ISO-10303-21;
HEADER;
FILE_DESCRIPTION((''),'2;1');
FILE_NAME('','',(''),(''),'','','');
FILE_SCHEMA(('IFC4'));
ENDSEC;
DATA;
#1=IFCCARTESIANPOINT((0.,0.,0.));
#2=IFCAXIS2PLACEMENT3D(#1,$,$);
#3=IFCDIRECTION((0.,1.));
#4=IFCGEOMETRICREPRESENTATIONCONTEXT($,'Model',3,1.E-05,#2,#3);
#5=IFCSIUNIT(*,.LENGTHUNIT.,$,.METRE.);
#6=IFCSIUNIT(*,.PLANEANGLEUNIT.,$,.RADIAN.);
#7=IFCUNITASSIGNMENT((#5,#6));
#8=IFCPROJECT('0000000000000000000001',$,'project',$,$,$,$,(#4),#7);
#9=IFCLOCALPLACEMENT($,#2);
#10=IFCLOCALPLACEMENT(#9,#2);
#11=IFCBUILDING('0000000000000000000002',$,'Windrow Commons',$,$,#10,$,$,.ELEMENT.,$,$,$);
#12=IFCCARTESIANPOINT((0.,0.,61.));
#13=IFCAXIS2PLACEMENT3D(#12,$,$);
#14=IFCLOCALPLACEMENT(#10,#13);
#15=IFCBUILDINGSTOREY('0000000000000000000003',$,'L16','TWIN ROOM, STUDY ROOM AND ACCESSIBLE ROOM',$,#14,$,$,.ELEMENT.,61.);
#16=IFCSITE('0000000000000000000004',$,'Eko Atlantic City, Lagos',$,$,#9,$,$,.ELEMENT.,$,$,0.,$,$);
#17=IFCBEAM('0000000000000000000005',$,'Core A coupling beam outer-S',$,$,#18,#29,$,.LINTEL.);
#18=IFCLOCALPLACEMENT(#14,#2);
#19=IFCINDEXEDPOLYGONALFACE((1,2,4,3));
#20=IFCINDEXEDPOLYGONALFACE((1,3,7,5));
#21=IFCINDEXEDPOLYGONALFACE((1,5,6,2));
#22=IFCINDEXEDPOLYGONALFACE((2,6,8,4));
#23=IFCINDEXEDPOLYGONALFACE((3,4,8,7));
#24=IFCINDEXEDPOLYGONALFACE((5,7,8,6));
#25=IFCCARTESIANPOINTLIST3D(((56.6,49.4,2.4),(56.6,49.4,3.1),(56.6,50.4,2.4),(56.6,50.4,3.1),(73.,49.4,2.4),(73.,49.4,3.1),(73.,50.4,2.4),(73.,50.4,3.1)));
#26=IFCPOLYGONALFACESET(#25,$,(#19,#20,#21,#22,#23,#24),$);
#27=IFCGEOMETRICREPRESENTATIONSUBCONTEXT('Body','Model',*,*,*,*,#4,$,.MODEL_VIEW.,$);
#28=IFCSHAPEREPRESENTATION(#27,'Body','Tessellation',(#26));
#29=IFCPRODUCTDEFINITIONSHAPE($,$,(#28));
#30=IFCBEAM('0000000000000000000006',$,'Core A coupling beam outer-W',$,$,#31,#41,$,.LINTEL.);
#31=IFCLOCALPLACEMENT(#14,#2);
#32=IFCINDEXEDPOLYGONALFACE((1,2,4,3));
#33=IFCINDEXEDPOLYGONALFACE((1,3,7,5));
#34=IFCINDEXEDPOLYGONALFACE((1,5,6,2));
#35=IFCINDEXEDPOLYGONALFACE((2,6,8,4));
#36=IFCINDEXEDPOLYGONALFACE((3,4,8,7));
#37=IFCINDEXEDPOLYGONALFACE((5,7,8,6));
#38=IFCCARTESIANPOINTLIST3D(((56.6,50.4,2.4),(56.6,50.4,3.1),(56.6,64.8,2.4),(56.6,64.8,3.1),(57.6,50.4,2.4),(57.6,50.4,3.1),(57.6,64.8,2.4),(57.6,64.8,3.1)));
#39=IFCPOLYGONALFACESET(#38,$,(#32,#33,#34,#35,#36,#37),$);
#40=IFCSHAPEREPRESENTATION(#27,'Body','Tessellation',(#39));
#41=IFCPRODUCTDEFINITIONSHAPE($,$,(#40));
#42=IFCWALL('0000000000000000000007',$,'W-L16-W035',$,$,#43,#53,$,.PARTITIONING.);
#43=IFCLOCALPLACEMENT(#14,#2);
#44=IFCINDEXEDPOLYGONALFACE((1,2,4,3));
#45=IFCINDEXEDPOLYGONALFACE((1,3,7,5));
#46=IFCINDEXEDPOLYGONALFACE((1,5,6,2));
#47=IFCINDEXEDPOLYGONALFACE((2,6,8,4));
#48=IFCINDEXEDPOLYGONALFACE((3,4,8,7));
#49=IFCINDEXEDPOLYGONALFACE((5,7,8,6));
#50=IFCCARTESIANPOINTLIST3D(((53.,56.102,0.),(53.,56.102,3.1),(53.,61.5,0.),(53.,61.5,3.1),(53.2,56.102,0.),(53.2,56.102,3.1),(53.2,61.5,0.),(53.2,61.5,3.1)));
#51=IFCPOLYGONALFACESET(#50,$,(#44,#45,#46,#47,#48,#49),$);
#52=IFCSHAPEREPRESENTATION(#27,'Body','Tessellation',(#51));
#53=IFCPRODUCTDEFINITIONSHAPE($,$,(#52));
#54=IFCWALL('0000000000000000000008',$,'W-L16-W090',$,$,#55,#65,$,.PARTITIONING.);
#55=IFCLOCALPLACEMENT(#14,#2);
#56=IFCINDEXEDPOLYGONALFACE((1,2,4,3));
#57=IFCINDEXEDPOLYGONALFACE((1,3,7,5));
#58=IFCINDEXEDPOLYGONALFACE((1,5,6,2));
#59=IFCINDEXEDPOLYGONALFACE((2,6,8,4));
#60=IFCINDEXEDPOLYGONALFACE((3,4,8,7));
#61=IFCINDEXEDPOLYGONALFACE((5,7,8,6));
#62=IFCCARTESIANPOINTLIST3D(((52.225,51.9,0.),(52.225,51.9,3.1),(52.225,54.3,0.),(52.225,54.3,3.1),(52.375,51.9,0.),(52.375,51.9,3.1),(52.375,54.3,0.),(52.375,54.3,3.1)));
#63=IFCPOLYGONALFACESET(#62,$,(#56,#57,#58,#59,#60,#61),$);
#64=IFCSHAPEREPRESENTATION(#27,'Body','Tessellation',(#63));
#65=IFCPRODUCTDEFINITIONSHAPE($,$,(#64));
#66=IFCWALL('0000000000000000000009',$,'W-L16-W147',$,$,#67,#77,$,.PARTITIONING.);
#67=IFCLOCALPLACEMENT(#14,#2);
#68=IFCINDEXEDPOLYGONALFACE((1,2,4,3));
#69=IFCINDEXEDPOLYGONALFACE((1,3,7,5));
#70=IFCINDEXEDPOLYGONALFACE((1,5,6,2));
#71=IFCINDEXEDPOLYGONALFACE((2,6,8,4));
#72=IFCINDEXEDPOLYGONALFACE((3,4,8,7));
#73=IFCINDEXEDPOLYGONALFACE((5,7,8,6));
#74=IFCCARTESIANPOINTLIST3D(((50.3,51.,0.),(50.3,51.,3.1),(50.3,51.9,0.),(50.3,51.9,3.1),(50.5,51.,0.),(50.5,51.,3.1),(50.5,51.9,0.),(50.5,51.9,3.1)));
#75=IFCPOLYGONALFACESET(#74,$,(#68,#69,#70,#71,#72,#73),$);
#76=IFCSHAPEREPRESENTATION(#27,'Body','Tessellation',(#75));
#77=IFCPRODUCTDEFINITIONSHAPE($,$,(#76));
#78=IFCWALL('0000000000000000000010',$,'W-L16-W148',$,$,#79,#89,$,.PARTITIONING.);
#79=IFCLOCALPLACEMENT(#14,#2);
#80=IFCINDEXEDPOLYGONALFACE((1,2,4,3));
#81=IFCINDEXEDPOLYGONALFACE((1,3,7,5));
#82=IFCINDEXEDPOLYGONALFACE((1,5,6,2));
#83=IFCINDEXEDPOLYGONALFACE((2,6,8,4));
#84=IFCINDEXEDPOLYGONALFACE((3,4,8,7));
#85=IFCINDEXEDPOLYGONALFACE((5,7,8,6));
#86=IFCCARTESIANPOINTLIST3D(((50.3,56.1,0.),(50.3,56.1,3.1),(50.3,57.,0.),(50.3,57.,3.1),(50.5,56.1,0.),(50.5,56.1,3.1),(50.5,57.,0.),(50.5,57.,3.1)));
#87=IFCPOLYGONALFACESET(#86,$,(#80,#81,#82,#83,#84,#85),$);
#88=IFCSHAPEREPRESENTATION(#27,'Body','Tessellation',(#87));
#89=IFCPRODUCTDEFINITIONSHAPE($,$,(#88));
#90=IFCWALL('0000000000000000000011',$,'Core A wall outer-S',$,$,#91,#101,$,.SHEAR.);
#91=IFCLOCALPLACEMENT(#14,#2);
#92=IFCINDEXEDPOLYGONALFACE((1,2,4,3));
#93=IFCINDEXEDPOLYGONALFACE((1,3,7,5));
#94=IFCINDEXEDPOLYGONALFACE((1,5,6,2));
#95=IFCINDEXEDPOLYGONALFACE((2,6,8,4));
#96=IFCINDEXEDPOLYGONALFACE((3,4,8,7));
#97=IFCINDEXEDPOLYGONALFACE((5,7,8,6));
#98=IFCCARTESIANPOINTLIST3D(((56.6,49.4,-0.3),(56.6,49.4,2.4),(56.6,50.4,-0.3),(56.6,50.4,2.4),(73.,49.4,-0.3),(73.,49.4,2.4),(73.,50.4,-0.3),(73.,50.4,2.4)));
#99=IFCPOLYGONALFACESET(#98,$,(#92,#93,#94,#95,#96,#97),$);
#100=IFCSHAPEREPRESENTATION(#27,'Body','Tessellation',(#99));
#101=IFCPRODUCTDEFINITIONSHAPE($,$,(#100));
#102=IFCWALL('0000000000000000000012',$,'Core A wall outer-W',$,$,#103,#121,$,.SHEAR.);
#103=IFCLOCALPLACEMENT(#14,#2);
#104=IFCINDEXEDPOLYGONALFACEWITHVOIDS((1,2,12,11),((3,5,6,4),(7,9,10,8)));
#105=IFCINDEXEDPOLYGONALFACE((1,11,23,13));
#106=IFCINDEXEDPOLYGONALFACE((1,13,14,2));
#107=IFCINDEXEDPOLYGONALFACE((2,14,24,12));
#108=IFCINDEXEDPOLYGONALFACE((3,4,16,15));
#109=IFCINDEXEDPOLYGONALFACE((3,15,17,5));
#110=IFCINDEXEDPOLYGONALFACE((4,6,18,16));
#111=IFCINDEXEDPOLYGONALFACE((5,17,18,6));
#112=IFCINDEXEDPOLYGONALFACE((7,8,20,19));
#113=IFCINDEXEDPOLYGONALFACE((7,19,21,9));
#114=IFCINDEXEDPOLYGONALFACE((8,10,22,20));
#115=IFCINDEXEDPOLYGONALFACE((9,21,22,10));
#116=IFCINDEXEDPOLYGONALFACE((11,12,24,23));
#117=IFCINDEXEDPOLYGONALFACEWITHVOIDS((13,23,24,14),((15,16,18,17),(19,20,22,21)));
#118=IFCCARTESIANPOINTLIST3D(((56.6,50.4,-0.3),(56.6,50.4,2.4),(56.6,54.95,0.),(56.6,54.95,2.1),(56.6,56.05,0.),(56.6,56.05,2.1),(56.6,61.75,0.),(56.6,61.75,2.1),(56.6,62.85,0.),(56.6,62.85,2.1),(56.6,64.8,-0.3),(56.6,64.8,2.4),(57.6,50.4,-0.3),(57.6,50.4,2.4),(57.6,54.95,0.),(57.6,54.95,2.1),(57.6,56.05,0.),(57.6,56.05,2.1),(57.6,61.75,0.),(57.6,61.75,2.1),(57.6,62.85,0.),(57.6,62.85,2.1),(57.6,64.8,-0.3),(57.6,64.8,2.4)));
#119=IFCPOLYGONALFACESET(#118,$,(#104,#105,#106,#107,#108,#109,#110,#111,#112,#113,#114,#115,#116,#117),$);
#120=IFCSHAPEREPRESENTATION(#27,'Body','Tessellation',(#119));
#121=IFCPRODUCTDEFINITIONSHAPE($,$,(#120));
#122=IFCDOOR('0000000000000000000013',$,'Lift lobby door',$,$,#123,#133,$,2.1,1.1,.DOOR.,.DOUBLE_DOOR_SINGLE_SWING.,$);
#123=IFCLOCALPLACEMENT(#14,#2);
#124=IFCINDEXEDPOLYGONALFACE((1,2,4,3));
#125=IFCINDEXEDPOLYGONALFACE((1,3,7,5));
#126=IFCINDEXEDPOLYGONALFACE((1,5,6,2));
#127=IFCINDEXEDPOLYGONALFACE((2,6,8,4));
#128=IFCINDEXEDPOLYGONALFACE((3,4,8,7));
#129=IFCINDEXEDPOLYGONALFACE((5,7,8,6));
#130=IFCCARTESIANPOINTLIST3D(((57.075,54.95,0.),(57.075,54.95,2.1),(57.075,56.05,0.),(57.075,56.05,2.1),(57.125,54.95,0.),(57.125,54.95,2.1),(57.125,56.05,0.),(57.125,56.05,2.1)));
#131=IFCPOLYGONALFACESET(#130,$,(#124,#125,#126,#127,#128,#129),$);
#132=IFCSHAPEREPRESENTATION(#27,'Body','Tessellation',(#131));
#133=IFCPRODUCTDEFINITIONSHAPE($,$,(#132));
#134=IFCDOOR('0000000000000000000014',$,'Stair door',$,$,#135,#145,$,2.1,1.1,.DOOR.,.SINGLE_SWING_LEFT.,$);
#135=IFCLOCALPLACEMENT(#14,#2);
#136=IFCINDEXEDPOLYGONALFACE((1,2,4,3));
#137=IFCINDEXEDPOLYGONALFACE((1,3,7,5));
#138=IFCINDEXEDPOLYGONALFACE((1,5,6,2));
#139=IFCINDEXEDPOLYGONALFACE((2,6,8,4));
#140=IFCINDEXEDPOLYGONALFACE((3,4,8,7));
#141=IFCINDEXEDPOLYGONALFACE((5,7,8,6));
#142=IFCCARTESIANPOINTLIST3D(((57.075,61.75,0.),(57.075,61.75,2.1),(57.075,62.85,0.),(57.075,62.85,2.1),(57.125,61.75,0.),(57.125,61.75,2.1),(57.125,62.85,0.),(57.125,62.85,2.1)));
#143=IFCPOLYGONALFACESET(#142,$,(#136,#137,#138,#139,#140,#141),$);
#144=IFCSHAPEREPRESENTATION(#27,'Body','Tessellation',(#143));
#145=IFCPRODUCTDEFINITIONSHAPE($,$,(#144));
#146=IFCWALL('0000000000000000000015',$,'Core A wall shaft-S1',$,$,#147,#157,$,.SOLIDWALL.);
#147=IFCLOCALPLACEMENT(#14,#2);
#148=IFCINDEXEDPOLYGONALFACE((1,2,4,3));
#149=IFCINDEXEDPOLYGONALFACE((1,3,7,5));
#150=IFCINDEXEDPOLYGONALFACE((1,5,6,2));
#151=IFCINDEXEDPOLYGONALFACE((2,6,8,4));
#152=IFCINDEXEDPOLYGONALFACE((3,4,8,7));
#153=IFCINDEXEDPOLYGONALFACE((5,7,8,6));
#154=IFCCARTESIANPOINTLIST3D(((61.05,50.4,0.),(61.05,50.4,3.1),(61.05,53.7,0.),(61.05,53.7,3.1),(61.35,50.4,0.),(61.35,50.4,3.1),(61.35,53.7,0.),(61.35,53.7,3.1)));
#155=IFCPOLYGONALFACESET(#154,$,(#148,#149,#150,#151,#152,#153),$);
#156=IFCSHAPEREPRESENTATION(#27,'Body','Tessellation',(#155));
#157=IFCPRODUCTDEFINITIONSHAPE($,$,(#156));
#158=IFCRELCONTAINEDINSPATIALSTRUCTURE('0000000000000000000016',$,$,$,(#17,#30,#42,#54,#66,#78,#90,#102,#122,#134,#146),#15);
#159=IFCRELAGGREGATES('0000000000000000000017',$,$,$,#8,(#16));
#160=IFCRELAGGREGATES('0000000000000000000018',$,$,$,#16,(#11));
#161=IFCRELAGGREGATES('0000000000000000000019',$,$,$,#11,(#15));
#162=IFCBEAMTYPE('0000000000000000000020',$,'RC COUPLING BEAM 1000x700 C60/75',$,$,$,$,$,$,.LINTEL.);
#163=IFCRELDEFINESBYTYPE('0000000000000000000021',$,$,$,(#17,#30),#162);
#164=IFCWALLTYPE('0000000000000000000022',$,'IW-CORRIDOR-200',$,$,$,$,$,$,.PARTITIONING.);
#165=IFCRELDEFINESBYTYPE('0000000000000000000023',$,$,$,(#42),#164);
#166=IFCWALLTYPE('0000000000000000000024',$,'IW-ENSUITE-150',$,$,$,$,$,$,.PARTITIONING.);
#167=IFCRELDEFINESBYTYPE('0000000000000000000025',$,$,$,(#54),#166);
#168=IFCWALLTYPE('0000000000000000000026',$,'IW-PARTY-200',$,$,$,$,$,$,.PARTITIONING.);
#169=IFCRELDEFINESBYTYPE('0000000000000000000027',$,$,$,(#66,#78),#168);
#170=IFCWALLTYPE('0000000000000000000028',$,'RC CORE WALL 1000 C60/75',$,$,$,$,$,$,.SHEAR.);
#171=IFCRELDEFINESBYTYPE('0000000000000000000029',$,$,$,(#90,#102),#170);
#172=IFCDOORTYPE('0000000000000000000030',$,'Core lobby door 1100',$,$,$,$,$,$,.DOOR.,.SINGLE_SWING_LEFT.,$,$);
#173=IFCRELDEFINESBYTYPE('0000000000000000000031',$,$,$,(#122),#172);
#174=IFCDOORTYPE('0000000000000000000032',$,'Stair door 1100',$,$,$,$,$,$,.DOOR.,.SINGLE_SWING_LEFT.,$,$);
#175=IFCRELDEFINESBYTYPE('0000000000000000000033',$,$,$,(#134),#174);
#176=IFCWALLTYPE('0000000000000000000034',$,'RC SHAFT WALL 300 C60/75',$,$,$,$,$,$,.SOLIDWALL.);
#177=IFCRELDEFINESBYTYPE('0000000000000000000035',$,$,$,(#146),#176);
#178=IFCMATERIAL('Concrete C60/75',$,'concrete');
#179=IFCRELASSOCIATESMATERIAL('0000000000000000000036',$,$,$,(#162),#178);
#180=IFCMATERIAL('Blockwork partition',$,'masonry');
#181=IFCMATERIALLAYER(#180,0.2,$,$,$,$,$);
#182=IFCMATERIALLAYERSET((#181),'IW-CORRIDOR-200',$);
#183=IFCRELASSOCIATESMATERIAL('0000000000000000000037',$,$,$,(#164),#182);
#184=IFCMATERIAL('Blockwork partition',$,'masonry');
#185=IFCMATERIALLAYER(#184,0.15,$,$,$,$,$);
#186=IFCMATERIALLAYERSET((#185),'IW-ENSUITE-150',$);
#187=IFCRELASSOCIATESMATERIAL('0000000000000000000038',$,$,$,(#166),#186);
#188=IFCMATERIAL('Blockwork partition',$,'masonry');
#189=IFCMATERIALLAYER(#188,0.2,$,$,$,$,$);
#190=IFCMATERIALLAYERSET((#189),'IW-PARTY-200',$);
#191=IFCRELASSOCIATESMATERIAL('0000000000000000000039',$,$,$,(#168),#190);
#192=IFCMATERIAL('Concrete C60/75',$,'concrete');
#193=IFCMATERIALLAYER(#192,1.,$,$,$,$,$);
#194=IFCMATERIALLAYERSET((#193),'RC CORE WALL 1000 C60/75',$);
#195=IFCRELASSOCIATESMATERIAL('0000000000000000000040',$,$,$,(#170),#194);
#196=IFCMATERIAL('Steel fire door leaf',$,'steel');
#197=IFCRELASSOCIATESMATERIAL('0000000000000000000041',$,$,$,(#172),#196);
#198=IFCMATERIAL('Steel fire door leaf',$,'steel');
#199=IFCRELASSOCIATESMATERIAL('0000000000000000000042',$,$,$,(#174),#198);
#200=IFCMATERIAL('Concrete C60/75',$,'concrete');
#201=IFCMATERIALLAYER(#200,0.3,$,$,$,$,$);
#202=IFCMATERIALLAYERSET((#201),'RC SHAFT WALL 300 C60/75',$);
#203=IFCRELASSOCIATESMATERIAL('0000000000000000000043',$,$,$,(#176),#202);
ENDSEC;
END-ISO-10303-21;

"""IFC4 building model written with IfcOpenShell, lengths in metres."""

from ifc_helpers import new_model, si_unit, direction, frame, frame_2d, origin, origin_2d, place, context, subcontext, project, spatial, rectangle, extrude, material, layer, layer_set, material_profile, profile_set, type_object, element, fill, save


model = new_model("IFC4")

# Units and contexts
model_context = context("Model", 3, precision=1e-05, world=origin(), true_north=direction((0.0, 1.0)))
body_context = subcontext(model_context, "Body", "Model", "MODEL_VIEW")
ifc_project = project(units=[si_unit("LENGTHUNIT", "METRE"), si_unit("PLANEANGLEUNIT", "RADIAN")], contexts=[model_context])

# Site, building, storey
site_placement = place(None, origin())
site = spatial("IfcSite", under=ifc_project, at=site_placement, Name="Eko Atlantic City, Lagos", CompositionType="ELEMENT", RefElevation=0.0)
building_placement = place(site_placement, origin())
building = spatial("IfcBuilding", under=site, at=building_placement, Name="Windrow Commons", CompositionType="ELEMENT")
storey_placement = place(building_placement, frame((0.0, 0.0, 61.0)))
storey = spatial("IfcBuildingStorey", under=building, at=storey_placement, Name="L16", Description="TWIN ROOM, STUDY ROOM AND ACCESSIBLE ROOM", CompositionType="ELEMENT", Elevation=61.0)

# Beams
ifc_material_1 = material(Name="Concrete C60/75", Category="concrete")
ifc_material_profile = material_profile(ifc_material_1, rectangle(XDim=1.0, YDim=0.7, at=origin_2d()))
ifc_profile_set = profile_set([ifc_material_profile], Name="Concrete C60/75")
beam_type = type_object("IfcBeamType", Name="RC COUPLING BEAM 1000x700 C60/75", PredefinedType="LINTEL", material=ifc_profile_set)
beam_1_placement = place(storey_placement, frame((56.6, 49.9, 2.75), z_axis=(1.0, 0.0, 0.0), x_axis=(0.0, 1.0, 0.0)))
element("IfcBeam", 1, at=beam_1_placement, inside=storey, type_object=beam_type, Name="Core A coupling beam outer-S", PredefinedType="LINTEL", context=body_context, shape_type="SweptSolid", body=[
    extrude(rectangle(XDim=1.0, YDim=0.7, at=origin_2d()), origin(), (0.0, 0.0, 1.0), 16.4),
])
beam_2_placement = place(storey_placement, frame((57.1, 50.4, 2.75), z_axis=(0.0, 1.0, 0.0), x_axis=(-1.0, 0.0, 0.0)))
element("IfcBeam", 2, at=beam_2_placement, inside=storey, type_object=beam_type, Name="Core A coupling beam outer-W", PredefinedType="LINTEL", context=body_context, shape_type="SweptSolid", body=[
    extrude(rectangle(XDim=1.0, YDim=0.7, at=origin_2d()), origin(), (0.0, 0.0, 1.0), 14.4),
])

# Walls
ifc_material_2 = material(Name="Blockwork partition", Category="masonry")
ifc_layer_1 = layer(ifc_material_2, 0.2)
ifc_layer_set_1 = layer_set([ifc_layer_1], Name="IW-CORRIDOR-200")
wall_type_1 = type_object("IfcWallType", Name="IW-CORRIDOR-200", PredefinedType="PARTITIONING", material=ifc_layer_set_1)
wall_1_placement = place(storey_placement, frame((53.1, 56.102, 0.0), z_axis=(0.0, 0.0, 1.0), x_axis=(0.0, 1.0, 0.0)))
element("IfcWall", 3, at=wall_1_placement, inside=storey, type_object=wall_type_1, Name="W-L16-W035", PredefinedType="PARTITIONING", context=body_context, shape_type="SweptSolid", body=[
    extrude(rectangle(XDim=5.398, YDim=0.2, at=frame_2d((2.699, 0.0))), origin(), (0.0, 0.0, 1.0), 3.1),
])
ifc_material_3 = material(Name="Blockwork partition", Category="masonry")
ifc_layer_2 = layer(ifc_material_3, 0.15)
ifc_layer_set_2 = layer_set([ifc_layer_2], Name="IW-ENSUITE-150")
wall_type_2 = type_object("IfcWallType", Name="IW-ENSUITE-150", PredefinedType="PARTITIONING", material=ifc_layer_set_2)
wall_2_placement = place(storey_placement, frame((52.3, 51.9, 0.0), z_axis=(0.0, 0.0, 1.0), x_axis=(0.0, 1.0, 0.0)))
element("IfcWall", 4, at=wall_2_placement, inside=storey, type_object=wall_type_2, Name="W-L16-W090", PredefinedType="PARTITIONING", context=body_context, shape_type="SweptSolid", body=[
    extrude(rectangle(XDim=2.4, YDim=0.15, at=frame_2d((1.2, 0.0))), origin(), (0.0, 0.0, 1.0), 3.1),
])
ifc_material_4 = material(Name="Blockwork partition", Category="masonry")
ifc_layer_3 = layer(ifc_material_4, 0.2)
ifc_layer_set_3 = layer_set([ifc_layer_3], Name="IW-PARTY-200")
wall_type_3 = type_object("IfcWallType", Name="IW-PARTY-200", PredefinedType="PARTITIONING", material=ifc_layer_set_3)
for number, where, z_axis, x_axis, name in (
    (5, (50.4, 51.0, 0.0), (0.0, 0.0, 1.0), (0.0, 1.0, 0.0), "W-L16-W147"),
    (6, (50.4, 56.1, 0.0), (0.0, 0.0, 1.0), (0.0, 1.0, 0.0), "W-L16-W148"),
):
    element("IfcWall", number, at=place(storey_placement, frame(where, z_axis=z_axis, x_axis=x_axis)), inside=storey, type_object=wall_type_3, Name=name, PredefinedType="PARTITIONING", context=body_context, shape_type="SweptSolid", body=[
        extrude(rectangle(XDim=0.9, YDim=0.2, at=frame_2d((0.45, 0.0))), origin(), (0.0, 0.0, 1.0), 3.1),
    ])
ifc_material_5 = material(Name="Concrete C60/75", Category="concrete")
ifc_layer_4 = layer(ifc_material_5, 1.0)
ifc_layer_set_4 = layer_set([ifc_layer_4], Name="RC CORE WALL 1000 C60/75")
wall_type_4 = type_object("IfcWallType", Name="RC CORE WALL 1000 C60/75", PredefinedType="SHEAR", material=ifc_layer_set_4)
wall_3_placement = place(storey_placement, frame((56.6, 49.9, -0.3), z_axis=(0.0, 0.0, 1.0), x_axis=(1.0, 0.0, 0.0)))
element("IfcWall", 7, at=wall_3_placement, inside=storey, type_object=wall_type_4, Name="Core A wall outer-S", PredefinedType="SHEAR", context=body_context, shape_type="SweptSolid", body=[
    extrude(rectangle(XDim=16.4, YDim=1.0, at=frame_2d((8.2, 0.0))), origin(), (0.0, 0.0, 1.0), 2.7),
])

# Wall, openings, doors
wall_4_placement = place(storey_placement, frame((57.1, 50.4, -0.3), z_axis=(0.0, 0.0, 1.0), x_axis=(0.0, 1.0, 0.0)))
wall_4 = element("IfcWall", 8, at=wall_4_placement, inside=storey, type_object=wall_type_4, Name="Core A wall outer-W", PredefinedType="SHEAR", context=body_context, shape_type="SweptSolid", body=[
    extrude(rectangle(XDim=14.4, YDim=1.0, at=frame_2d((7.2, 0.0))), origin(), (0.0, 0.0, 1.0), 2.7),
])
opening_1_placement = place(wall_4_placement, frame((4.55, 0.0, 0.3)))
opening_1 = element("IfcOpeningElement", 9, at=opening_1_placement, cuts=wall_4, PredefinedType="OPENING", context=body_context, shape_type="SweptSolid", body=[
    extrude(rectangle(XDim=1.1, YDim=2.1, at=frame_2d((0.55, 1.05))), frame((0.0, 0.51, 0.0), z_axis=(0.0, -1.0, 0.0), x_axis=(1.0, 0.0, 0.0)), (0.0, 0.0, 1.0), 1.02),
])
opening_2_placement = place(wall_4_placement, frame((11.35, 0.0, 0.3)))
opening_2 = element("IfcOpeningElement", 10, at=opening_2_placement, cuts=wall_4, PredefinedType="OPENING", context=body_context, shape_type="SweptSolid", body=[
    extrude(rectangle(XDim=1.1, YDim=2.1, at=frame_2d((0.55, 1.05))), frame((0.0, 0.51, 0.0), z_axis=(0.0, -1.0, 0.0), x_axis=(1.0, 0.0, 0.0)), (0.0, 0.0, 1.0), 1.02),
])
ifc_material_6 = material(Name="Steel fire door leaf", Category="steel")
door_type_1 = type_object("IfcDoorType", Name="Core lobby door 1100", OperationType="SINGLE_SWING_LEFT", PredefinedType="DOOR", material=ifc_material_6)
door_1_placement = place(opening_1_placement, origin())
door_1 = element("IfcDoor", 11, at=door_1_placement, inside=storey, type_object=door_type_1, Name="Lift lobby door", OperationType="DOUBLE_DOOR_SINGLE_SWING", OverallHeight=2.1, OverallWidth=1.1, PredefinedType="DOOR", context=body_context, shape_type="SweptSolid", body=[
    extrude(rectangle(XDim=1.1, YDim=2.1, at=frame_2d((0.55, 1.05))), frame((0.0, 0.025, 0.0), z_axis=(0.0, -1.0, 0.0), x_axis=(1.0, 0.0, 0.0)), (0.0, 0.0, 1.0), 0.05),
])
fill(opening_1, door_1)
ifc_material_7 = material(Name="Steel fire door leaf", Category="steel")
door_type_2 = type_object("IfcDoorType", Name="Stair door 1100", OperationType="SINGLE_SWING_LEFT", PredefinedType="DOOR", material=ifc_material_7)
door_2_placement = place(opening_2_placement, origin())
door_2 = element("IfcDoor", 12, at=door_2_placement, inside=storey, type_object=door_type_2, Name="Stair door", OperationType="SINGLE_SWING_LEFT", OverallHeight=2.1, OverallWidth=1.1, PredefinedType="DOOR", context=body_context, shape_type="SweptSolid", body=[
    extrude(rectangle(XDim=1.1, YDim=2.1, at=frame_2d((0.55, 1.05))), frame((0.0, 0.025, 0.0), z_axis=(0.0, -1.0, 0.0), x_axis=(1.0, 0.0, 0.0)), (0.0, 0.0, 1.0), 0.05),
])
fill(opening_2, door_2)

# Wall
ifc_material_8 = material(Name="Concrete C60/75", Category="concrete")
ifc_layer_5 = layer(ifc_material_8, 0.3)
ifc_layer_set_5 = layer_set([ifc_layer_5], Name="RC SHAFT WALL 300 C60/75")
wall_type_5 = type_object("IfcWallType", Name="RC SHAFT WALL 300 C60/75", PredefinedType="SOLIDWALL", material=ifc_layer_set_5)
wall_5_placement = place(storey_placement, frame((61.2, 50.4, 0.0), z_axis=(0.0, 0.0, 1.0), x_axis=(0.0, 1.0, 0.0)))
element("IfcWall", 13, at=wall_5_placement, inside=storey, type_object=wall_type_5, Name="Core A wall shaft-S1", PredefinedType="SOLIDWALL", context=body_context, shape_type="SweptSolid", body=[
    extrude(rectangle(XDim=3.3, YDim=0.3, at=frame_2d((1.65, 0.0))), origin(), (0.0, 0.0, 1.0), 3.1),
])

save(model, "model.ifc")
